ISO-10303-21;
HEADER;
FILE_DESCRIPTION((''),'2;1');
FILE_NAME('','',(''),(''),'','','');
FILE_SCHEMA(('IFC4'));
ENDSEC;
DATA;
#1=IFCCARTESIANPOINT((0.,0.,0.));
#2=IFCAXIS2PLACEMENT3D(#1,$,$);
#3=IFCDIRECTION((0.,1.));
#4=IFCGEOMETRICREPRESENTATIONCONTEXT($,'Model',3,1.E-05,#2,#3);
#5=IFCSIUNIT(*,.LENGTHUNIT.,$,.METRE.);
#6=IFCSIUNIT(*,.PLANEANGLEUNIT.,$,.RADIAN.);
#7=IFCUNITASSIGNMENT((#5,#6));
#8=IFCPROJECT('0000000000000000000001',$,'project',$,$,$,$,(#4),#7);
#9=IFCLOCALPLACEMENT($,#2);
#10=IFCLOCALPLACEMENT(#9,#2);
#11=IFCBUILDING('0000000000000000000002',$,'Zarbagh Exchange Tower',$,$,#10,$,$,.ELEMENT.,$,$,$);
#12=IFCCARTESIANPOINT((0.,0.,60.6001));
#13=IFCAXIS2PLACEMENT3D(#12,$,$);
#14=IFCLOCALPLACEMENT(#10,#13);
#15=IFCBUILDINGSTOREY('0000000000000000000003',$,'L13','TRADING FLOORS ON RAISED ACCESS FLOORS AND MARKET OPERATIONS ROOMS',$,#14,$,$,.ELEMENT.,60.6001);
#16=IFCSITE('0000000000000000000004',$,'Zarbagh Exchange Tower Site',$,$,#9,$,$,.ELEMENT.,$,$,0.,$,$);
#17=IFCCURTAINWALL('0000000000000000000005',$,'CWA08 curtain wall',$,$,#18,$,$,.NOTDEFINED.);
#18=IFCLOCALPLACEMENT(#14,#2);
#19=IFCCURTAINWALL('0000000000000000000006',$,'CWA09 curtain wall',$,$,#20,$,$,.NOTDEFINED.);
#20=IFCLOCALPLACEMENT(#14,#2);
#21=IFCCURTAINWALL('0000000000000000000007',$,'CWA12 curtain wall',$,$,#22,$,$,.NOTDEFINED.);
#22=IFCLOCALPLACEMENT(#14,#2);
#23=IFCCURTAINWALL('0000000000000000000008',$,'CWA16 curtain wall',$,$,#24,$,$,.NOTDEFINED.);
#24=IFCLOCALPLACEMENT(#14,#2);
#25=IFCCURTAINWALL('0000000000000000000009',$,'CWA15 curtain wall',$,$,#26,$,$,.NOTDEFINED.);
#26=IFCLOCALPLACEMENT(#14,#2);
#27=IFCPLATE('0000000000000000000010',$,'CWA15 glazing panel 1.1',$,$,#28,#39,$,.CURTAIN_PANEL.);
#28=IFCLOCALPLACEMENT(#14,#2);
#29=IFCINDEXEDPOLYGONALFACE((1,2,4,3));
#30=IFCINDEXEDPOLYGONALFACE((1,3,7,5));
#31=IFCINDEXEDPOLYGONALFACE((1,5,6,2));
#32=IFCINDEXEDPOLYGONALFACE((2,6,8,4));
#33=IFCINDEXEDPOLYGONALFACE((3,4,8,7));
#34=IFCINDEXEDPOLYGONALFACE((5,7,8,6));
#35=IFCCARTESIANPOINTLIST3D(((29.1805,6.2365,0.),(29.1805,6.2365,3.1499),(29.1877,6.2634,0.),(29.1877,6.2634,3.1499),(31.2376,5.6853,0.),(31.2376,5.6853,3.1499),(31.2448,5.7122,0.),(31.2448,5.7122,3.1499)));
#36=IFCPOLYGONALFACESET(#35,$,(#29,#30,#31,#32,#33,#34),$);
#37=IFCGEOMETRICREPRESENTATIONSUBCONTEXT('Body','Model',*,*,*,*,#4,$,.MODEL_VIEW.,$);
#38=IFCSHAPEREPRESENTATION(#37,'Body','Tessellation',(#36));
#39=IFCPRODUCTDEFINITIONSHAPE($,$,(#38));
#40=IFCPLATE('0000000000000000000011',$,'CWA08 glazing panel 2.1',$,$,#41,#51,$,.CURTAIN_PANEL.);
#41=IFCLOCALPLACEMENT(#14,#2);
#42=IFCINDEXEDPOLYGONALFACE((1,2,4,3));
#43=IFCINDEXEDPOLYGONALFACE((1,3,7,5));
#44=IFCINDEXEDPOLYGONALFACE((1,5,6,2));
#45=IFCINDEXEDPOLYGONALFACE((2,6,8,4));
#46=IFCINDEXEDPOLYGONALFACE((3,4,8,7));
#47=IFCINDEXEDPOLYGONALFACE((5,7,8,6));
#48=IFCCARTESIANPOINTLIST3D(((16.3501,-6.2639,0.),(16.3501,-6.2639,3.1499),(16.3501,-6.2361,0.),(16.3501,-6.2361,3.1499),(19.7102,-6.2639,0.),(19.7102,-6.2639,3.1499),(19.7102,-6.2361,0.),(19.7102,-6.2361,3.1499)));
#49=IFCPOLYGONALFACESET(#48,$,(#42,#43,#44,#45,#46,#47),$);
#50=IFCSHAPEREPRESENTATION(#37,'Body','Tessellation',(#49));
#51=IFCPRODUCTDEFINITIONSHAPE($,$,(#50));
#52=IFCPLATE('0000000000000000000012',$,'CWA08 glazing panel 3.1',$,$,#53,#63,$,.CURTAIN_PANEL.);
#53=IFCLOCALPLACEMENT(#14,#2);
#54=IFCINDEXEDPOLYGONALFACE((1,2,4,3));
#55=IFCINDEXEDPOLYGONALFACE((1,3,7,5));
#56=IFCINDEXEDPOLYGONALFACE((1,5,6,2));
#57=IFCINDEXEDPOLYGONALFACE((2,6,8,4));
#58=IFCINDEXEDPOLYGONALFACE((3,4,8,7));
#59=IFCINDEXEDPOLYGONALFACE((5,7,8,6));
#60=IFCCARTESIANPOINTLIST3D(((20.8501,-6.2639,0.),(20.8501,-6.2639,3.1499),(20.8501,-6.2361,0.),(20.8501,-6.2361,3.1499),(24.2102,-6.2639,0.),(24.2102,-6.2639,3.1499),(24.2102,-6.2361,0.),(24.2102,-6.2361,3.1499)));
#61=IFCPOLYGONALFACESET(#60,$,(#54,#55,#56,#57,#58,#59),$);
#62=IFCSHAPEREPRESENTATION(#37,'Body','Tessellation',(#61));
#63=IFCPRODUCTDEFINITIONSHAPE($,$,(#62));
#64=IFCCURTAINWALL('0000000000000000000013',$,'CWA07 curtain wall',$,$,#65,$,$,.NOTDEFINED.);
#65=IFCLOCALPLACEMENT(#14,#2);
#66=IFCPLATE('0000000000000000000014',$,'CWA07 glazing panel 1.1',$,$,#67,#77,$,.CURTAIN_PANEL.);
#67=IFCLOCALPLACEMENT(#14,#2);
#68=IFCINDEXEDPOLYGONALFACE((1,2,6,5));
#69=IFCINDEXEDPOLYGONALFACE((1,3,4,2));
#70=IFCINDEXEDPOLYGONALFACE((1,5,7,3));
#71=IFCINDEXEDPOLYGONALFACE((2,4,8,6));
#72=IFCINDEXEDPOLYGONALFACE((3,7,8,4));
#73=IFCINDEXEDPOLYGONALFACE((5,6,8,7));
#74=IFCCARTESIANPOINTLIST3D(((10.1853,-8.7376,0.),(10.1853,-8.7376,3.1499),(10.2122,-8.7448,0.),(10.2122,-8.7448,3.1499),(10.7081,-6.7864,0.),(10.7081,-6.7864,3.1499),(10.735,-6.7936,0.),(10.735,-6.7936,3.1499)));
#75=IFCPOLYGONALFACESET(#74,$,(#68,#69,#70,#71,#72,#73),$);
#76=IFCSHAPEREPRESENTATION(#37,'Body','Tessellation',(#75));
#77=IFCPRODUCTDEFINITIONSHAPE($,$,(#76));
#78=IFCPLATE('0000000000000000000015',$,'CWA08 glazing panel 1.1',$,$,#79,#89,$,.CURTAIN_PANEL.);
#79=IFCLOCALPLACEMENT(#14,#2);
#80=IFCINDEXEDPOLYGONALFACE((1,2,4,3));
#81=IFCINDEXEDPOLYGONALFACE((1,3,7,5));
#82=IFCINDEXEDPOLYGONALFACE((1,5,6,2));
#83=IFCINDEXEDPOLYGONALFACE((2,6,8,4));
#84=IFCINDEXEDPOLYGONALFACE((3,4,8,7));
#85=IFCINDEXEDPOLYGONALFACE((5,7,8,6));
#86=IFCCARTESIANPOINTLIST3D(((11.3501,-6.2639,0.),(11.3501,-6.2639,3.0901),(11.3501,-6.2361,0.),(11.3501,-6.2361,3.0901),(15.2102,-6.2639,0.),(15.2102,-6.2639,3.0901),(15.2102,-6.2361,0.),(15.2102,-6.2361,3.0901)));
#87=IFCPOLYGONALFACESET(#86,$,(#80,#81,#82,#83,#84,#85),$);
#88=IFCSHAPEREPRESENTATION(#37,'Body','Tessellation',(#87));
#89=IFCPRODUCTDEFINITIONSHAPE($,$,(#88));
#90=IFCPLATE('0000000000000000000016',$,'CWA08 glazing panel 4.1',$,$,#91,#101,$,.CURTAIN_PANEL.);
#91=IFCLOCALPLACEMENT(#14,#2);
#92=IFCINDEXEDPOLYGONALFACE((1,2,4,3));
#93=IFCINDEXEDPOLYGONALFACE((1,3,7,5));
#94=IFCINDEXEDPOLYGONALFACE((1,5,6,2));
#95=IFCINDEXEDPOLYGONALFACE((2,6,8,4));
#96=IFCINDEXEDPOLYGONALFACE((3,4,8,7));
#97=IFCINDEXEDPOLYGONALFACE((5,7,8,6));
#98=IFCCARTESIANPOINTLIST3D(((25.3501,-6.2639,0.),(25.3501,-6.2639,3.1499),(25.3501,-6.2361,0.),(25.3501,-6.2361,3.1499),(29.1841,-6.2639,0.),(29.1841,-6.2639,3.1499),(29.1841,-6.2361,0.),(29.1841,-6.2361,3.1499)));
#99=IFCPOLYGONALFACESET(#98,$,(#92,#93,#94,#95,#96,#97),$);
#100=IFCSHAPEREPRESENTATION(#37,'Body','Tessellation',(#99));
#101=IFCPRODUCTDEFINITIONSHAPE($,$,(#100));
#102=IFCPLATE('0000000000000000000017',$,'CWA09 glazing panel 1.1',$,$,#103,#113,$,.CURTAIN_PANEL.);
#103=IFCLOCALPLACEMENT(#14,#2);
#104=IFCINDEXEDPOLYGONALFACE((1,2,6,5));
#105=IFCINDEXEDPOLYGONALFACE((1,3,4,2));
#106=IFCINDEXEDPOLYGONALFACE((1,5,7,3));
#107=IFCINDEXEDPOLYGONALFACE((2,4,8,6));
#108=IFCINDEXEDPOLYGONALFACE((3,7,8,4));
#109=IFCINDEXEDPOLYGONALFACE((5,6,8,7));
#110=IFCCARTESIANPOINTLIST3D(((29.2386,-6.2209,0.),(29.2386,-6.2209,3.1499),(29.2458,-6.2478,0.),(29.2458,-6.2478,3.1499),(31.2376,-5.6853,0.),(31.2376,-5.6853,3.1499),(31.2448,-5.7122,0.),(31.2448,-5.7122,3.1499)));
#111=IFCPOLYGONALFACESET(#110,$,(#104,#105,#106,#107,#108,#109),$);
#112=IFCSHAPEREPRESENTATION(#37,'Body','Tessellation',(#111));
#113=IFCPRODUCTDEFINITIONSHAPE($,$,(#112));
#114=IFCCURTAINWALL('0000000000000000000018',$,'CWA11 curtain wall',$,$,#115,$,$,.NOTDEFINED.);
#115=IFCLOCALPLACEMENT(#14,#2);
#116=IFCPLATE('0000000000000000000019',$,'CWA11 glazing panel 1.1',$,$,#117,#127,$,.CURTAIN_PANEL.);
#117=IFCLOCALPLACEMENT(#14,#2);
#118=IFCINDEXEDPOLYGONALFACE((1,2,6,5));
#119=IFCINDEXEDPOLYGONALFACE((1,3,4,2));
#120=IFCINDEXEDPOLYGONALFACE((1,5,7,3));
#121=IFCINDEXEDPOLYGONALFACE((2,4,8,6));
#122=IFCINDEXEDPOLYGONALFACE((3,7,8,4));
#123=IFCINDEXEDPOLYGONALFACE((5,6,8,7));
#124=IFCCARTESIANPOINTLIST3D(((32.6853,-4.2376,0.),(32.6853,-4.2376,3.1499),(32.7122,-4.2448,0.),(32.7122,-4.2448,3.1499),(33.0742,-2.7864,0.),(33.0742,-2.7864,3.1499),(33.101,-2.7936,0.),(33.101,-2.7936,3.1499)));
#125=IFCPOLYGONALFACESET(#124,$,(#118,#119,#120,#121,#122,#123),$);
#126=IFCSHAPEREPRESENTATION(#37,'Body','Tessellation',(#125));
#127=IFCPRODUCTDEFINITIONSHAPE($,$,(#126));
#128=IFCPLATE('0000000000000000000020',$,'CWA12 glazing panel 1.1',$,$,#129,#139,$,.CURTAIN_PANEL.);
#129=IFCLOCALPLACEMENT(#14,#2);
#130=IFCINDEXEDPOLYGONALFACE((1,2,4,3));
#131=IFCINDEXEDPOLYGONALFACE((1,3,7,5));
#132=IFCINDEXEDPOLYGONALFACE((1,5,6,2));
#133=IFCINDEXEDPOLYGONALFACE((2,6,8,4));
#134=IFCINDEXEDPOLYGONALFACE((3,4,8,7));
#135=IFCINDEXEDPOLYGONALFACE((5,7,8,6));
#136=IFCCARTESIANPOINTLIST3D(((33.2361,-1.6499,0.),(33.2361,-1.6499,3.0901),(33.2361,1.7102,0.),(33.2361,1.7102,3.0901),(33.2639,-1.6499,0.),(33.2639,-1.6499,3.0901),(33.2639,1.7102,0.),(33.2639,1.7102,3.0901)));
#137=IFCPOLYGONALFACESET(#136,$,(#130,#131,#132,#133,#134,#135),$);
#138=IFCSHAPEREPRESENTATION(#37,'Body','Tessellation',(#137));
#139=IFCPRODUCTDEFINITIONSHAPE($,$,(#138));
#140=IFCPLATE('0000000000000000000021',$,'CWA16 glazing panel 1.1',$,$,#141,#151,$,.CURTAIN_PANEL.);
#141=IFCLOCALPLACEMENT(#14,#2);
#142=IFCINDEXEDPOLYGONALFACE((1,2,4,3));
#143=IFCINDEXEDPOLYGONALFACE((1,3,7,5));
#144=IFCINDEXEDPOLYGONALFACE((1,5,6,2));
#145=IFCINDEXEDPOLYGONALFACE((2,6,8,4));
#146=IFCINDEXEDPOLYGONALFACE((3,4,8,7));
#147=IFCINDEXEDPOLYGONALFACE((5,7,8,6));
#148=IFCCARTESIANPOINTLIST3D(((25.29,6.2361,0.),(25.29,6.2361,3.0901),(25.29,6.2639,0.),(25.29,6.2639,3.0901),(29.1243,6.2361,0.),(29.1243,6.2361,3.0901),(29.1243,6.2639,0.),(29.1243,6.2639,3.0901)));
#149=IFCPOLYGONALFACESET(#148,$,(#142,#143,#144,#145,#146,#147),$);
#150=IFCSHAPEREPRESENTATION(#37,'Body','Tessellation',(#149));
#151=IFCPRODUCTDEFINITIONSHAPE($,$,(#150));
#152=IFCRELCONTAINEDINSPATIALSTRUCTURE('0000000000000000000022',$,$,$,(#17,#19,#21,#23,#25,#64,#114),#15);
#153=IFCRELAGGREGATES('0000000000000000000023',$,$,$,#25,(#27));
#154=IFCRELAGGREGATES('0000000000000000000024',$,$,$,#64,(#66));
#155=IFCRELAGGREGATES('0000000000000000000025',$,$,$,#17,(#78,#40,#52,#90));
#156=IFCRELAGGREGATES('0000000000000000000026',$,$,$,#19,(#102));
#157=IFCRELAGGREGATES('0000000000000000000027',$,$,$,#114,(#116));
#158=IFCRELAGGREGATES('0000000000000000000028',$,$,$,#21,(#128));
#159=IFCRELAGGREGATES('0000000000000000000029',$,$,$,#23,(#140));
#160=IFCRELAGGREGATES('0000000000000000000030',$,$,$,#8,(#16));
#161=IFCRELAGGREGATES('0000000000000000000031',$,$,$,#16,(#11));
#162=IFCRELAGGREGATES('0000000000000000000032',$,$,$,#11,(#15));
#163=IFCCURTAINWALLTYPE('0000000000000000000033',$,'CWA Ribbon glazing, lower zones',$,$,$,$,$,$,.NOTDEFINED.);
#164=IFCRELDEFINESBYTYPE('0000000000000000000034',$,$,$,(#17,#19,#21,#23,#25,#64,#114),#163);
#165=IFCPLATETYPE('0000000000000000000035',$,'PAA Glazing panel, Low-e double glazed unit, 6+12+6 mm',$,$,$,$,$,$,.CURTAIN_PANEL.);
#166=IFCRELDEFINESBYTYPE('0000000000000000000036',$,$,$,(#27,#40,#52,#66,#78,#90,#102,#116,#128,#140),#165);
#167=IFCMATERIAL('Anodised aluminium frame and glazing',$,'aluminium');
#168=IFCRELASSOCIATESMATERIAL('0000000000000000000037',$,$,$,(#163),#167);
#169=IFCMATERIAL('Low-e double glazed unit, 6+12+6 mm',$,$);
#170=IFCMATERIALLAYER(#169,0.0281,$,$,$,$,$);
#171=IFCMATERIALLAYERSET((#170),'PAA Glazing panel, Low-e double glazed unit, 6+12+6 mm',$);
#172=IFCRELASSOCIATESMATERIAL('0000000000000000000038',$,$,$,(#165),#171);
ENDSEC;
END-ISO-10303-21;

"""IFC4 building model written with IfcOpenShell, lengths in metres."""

from ifc_helpers import new_model, si_unit, direction, frame, origin, place, context, subcontext, project, spatial, polyline, outline, extrude, source, transform, mapped, material, layer, layer_set, type_object, element, aggregate, save


model = new_model("IFC4")

# Units and contexts
model_context = context("Model", 3, precision=1e-05, world=origin(), true_north=direction((0.0, 1.0)))
body_context = subcontext(model_context, "Body", "Model", "MODEL_VIEW")
ifc_project = project(units=[si_unit("LENGTHUNIT", "METRE"), si_unit("PLANEANGLEUNIT", "RADIAN")], contexts=[model_context])

# Site, building, storey
site_placement = place(None, origin())
site = spatial("IfcSite", under=ifc_project, at=site_placement, Name="Zarbagh Exchange Tower Site", CompositionType="ELEMENT", RefElevation=0.0)
building_placement = place(site_placement, origin())
building = spatial("IfcBuilding", under=site, at=building_placement, Name="Zarbagh Exchange Tower", CompositionType="ELEMENT")
storey_placement = place(building_placement, frame((0.0, 0.0, 60.6001)))
storey = spatial("IfcBuildingStorey", under=building, at=storey_placement, Name="L13", Description="TRADING FLOORS ON RAISED ACCESS FLOORS AND MARKET OPERATIONS ROOMS", CompositionType="ELEMENT", Elevation=60.6001)

# Curtain wall
ifc_material_1 = material(Name="Anodised aluminium frame and glazing", Category="aluminium")
curtain_wall_type = type_object("IfcCurtainWallType", Name="CWA Ribbon glazing, lower zones", PredefinedType="NOTDEFINED", material=ifc_material_1)
curtain_wall_1_placement = place(storey_placement, origin())
curtain_wall_1 = element("IfcCurtainWall", 1, at=curtain_wall_1_placement, inside=storey, type_object=curtain_wall_type, Name="CWA08 curtain wall", PredefinedType="NOTDEFINED")
placement = place(storey_placement, origin())

# Curtain walls
curtain_wall_2_placement = place(storey_placement, origin())
curtain_wall_2 = element("IfcCurtainWall", 2, at=curtain_wall_2_placement, inside=storey, type_object=curtain_wall_type, Name="CWA09 curtain wall", PredefinedType="NOTDEFINED")
curtain_wall_3_placement = place(storey_placement, origin())
curtain_wall_3 = element("IfcCurtainWall", 3, at=curtain_wall_3_placement, inside=storey, type_object=curtain_wall_type, Name="CWA12 curtain wall", PredefinedType="NOTDEFINED")
curtain_wall_4_placement = place(storey_placement, origin())
curtain_wall_4 = element("IfcCurtainWall", 4, at=curtain_wall_4_placement, inside=storey, type_object=curtain_wall_type, Name="CWA16 curtain wall", PredefinedType="NOTDEFINED")

# Shared definitions
ifc_material_2 = material(Name="Low-e double glazed unit, 6+12+6 mm")
ifc_layer = layer(ifc_material_2, 0.0281)
ifc_layer_set = layer_set([ifc_layer], Name="PAA Glazing panel, Low-e double glazed unit, 6+12+6 mm")
plate_type = type_object("IfcPlateType", Name="PAA Glazing panel, Low-e double glazed unit, 6+12+6 mm", PredefinedType="CURTAIN_PANEL", material=ifc_layer_set)

# Curtain wall, plate
curtain_wall_5_placement = place(storey_placement, origin())
curtain_wall_5 = element("IfcCurtainWall", 5, at=curtain_wall_5_placement, inside=storey, type_object=curtain_wall_type, Name="CWA15 curtain wall", PredefinedType="NOTDEFINED")
shared_shape_1 = source(origin(), body_context, "Body", "SweptSolid", [
    extrude(outline(polyline([(0.0, -0.0139), (2.1296, -0.0139), (2.1296, 0.0139), (0.0, 0.0139), (0.0, -0.0139)])), origin(), (0.0, 0.0, 1.0), 3.1499),
])
plate_1 = element("IfcPlate", 6, at=placement, type_object=plate_type, Name="CWA15 glazing panel 1.1", PredefinedType="CURTAIN_PANEL", context=body_context, shape_type="MappedRepresentation", body=[
    mapped(shared_shape_1, transform((31.2412, 5.6987, 0.0), x_axis=(-0.965924, 0.258825, 0.0), y_axis=(-0.258825, -0.965924, 0.0), z_axis=(0.0, 0.0, 1.0))),
])
aggregate(curtain_wall_5, [plate_1])

# Plates
shared_shape_2 = source(origin(), body_context, "Body", "SweptSolid", [
    extrude(outline(polyline([(0.0, -0.0139), (3.3601, -0.0139), (3.3601, 0.0139), (0.0, 0.0139), (0.0, -0.0139)])), origin(), (0.0, 0.0, 1.0), 3.1499),
])
plate_2 = element("IfcPlate", 7, at=placement, type_object=plate_type, Name="CWA08 glazing panel 2.1", PredefinedType="CURTAIN_PANEL", context=body_context, shape_type="MappedRepresentation", body=[
    mapped(shared_shape_2, transform((16.3501, -6.25, 0.0), x_axis=(1.0, 0.0, 0.0), y_axis=(0.0, 1.0, 0.0), z_axis=(0.0, 0.0, 1.0))),
])
plate_3 = element("IfcPlate", 8, at=placement, type_object=plate_type, Name="CWA08 glazing panel 3.1", PredefinedType="CURTAIN_PANEL", context=body_context, shape_type="MappedRepresentation", body=[
    mapped(shared_shape_2, transform((20.8501, -6.25, 0.0), x_axis=(1.0, 0.0, 0.0), y_axis=(0.0, 1.0, 0.0), z_axis=(0.0, 0.0, 1.0))),
])

# Curtain wall, plate
curtain_wall_6_placement = place(storey_placement, origin())
curtain_wall_6 = element("IfcCurtainWall", 9, at=curtain_wall_6_placement, inside=storey, type_object=curtain_wall_type, Name="CWA07 curtain wall", PredefinedType="NOTDEFINED")
shared_shape_3 = source(origin(), body_context, "Body", "SweptSolid", [
    extrude(outline(polyline([(0.0, -0.0139), (2.02, -0.0139), (2.02, 0.0139), (0.0, 0.0139), (0.0, -0.0139)])), origin(), (0.0, 0.0, 1.0), 3.1499),
])
plate_4 = element("IfcPlate", 10, at=placement, type_object=plate_type, Name="CWA07 glazing panel 1.1", PredefinedType="CURTAIN_PANEL", context=body_context, shape_type="MappedRepresentation", body=[
    mapped(shared_shape_3, transform((10.1987, -8.7412, 0.0), x_axis=(0.258825, 0.965924, 0.0), y_axis=(-0.965924, 0.258825, 0.0), z_axis=(0.0, 0.0, 1.0))),
])
aggregate(curtain_wall_6, [plate_4])

# Plates
shared_shape_4 = source(origin(), body_context, "Body", "SweptSolid", [
    extrude(outline(polyline([(0.0, -0.0139), (3.8601, -0.0139), (3.8601, 0.0139), (0.0, 0.0139), (0.0, -0.0139)])), origin(), (0.0, 0.0, 1.0), 3.0901),
])
plate_5 = element("IfcPlate", 11, at=placement, type_object=plate_type, Name="CWA08 glazing panel 1.1", PredefinedType="CURTAIN_PANEL", context=body_context, shape_type="MappedRepresentation", body=[
    mapped(shared_shape_4, transform((11.3501, -6.25, 0.0), x_axis=(1.0, 0.0, 0.0), y_axis=(0.0, 1.0, 0.0), z_axis=(0.0, 0.0, 1.0))),
])
shared_shape_5 = source(origin(), body_context, "Body", "SweptSolid", [
    extrude(outline(polyline([(0.0, -0.0139), (3.834, -0.0139), (3.834, 0.0139), (0.0, 0.0139), (0.0, -0.0139)])), origin(), (0.0, 0.0, 1.0), 3.1499),
])
plate_6 = element("IfcPlate", 12, at=placement, type_object=plate_type, Name="CWA08 glazing panel 4.1", PredefinedType="CURTAIN_PANEL", context=body_context, shape_type="MappedRepresentation", body=[
    mapped(shared_shape_5, transform((25.3501, -6.25, 0.0), x_axis=(1.0, 0.0, 0.0), y_axis=(0.0, 1.0, 0.0), z_axis=(0.0, 0.0, 1.0))),
])
aggregate(curtain_wall_1, [plate_5, plate_2, plate_3, plate_6])
shared_shape_6 = source(origin(), body_context, "Body", "SweptSolid", [
    extrude(outline(polyline([(0.0, -0.0139), (2.0696, -0.0139), (2.0696, 0.0139), (0.0, 0.0139), (0.0, -0.0139)])), origin(), (0.0, 0.0, 1.0), 3.1499),
])
plate_7 = element("IfcPlate", 13, at=placement, type_object=plate_type, Name="CWA09 glazing panel 1.1", PredefinedType="CURTAIN_PANEL", context=body_context, shape_type="MappedRepresentation", body=[
    mapped(shared_shape_6, transform((29.2422, -6.2344, 0.0), x_axis=(0.965924, 0.258825, 0.0), y_axis=(-0.258825, 0.965924, 0.0), z_axis=(0.0, 0.0, 1.0))),
])
aggregate(curtain_wall_2, [plate_7])

# Curtain wall, plate
curtain_wall_7_placement = place(storey_placement, origin())
curtain_wall_7 = element("IfcCurtainWall", 14, at=curtain_wall_7_placement, inside=storey, type_object=curtain_wall_type, Name="CWA11 curtain wall", PredefinedType="NOTDEFINED")
shared_shape_7 = source(origin(), body_context, "Body", "SweptSolid", [
    extrude(outline(polyline([(0.0, -0.0139), (1.5024, -0.0139), (1.5024, 0.0139), (0.0, 0.0139), (0.0, -0.0139)])), origin(), (0.0, 0.0, 1.0), 3.1499),
])
plate_8 = element("IfcPlate", 15, at=placement, type_object=plate_type, Name="CWA11 glazing panel 1.1", PredefinedType="CURTAIN_PANEL", context=body_context, shape_type="MappedRepresentation", body=[
    mapped(shared_shape_7, transform((32.6987, -4.2412, 0.0), x_axis=(0.258825, 0.965924, 0.0), y_axis=(-0.965924, 0.258825, 0.0), z_axis=(0.0, 0.0, 1.0))),
])
aggregate(curtain_wall_7, [plate_8])

# Plates
shared_shape_8 = source(origin(), body_context, "Body", "SweptSolid", [
    extrude(outline(polyline([(0.0, -0.0139), (3.3601, -0.0139), (3.3601, 0.0139), (0.0, 0.0139), (0.0, -0.0139)])), origin(), (0.0, 0.0, 1.0), 3.0901),
])
plate_9 = element("IfcPlate", 16, at=placement, type_object=plate_type, Name="CWA12 glazing panel 1.1", PredefinedType="CURTAIN_PANEL", context=body_context, shape_type="MappedRepresentation", body=[
    mapped(shared_shape_8, transform((33.25, -1.6499, 0.0), x_axis=(0.0, 1.0, 0.0), y_axis=(-1.0, 0.0, 0.0), z_axis=(0.0, 0.0, 1.0))),
])
aggregate(curtain_wall_3, [plate_9])
shared_shape_9 = source(origin(), body_context, "Body", "SweptSolid", [
    extrude(outline(polyline([(0.0, -0.0139), (3.8342, -0.0139), (3.8342, 0.0139), (0.0, 0.0139), (0.0, -0.0139)])), origin(), (0.0, 0.0, 1.0), 3.0901),
])
plate_10 = element("IfcPlate", 17, at=placement, type_object=plate_type, Name="CWA16 glazing panel 1.1", PredefinedType="CURTAIN_PANEL", context=body_context, shape_type="MappedRepresentation", body=[
    mapped(shared_shape_9, transform((29.1243, 6.25, 0.0), x_axis=(-1.0, 0.0, 0.0), y_axis=(0.0, -1.0, 0.0), z_axis=(0.0, 0.0, 1.0))),
])
aggregate(curtain_wall_4, [plate_10])

save(model, "model.ifc")
